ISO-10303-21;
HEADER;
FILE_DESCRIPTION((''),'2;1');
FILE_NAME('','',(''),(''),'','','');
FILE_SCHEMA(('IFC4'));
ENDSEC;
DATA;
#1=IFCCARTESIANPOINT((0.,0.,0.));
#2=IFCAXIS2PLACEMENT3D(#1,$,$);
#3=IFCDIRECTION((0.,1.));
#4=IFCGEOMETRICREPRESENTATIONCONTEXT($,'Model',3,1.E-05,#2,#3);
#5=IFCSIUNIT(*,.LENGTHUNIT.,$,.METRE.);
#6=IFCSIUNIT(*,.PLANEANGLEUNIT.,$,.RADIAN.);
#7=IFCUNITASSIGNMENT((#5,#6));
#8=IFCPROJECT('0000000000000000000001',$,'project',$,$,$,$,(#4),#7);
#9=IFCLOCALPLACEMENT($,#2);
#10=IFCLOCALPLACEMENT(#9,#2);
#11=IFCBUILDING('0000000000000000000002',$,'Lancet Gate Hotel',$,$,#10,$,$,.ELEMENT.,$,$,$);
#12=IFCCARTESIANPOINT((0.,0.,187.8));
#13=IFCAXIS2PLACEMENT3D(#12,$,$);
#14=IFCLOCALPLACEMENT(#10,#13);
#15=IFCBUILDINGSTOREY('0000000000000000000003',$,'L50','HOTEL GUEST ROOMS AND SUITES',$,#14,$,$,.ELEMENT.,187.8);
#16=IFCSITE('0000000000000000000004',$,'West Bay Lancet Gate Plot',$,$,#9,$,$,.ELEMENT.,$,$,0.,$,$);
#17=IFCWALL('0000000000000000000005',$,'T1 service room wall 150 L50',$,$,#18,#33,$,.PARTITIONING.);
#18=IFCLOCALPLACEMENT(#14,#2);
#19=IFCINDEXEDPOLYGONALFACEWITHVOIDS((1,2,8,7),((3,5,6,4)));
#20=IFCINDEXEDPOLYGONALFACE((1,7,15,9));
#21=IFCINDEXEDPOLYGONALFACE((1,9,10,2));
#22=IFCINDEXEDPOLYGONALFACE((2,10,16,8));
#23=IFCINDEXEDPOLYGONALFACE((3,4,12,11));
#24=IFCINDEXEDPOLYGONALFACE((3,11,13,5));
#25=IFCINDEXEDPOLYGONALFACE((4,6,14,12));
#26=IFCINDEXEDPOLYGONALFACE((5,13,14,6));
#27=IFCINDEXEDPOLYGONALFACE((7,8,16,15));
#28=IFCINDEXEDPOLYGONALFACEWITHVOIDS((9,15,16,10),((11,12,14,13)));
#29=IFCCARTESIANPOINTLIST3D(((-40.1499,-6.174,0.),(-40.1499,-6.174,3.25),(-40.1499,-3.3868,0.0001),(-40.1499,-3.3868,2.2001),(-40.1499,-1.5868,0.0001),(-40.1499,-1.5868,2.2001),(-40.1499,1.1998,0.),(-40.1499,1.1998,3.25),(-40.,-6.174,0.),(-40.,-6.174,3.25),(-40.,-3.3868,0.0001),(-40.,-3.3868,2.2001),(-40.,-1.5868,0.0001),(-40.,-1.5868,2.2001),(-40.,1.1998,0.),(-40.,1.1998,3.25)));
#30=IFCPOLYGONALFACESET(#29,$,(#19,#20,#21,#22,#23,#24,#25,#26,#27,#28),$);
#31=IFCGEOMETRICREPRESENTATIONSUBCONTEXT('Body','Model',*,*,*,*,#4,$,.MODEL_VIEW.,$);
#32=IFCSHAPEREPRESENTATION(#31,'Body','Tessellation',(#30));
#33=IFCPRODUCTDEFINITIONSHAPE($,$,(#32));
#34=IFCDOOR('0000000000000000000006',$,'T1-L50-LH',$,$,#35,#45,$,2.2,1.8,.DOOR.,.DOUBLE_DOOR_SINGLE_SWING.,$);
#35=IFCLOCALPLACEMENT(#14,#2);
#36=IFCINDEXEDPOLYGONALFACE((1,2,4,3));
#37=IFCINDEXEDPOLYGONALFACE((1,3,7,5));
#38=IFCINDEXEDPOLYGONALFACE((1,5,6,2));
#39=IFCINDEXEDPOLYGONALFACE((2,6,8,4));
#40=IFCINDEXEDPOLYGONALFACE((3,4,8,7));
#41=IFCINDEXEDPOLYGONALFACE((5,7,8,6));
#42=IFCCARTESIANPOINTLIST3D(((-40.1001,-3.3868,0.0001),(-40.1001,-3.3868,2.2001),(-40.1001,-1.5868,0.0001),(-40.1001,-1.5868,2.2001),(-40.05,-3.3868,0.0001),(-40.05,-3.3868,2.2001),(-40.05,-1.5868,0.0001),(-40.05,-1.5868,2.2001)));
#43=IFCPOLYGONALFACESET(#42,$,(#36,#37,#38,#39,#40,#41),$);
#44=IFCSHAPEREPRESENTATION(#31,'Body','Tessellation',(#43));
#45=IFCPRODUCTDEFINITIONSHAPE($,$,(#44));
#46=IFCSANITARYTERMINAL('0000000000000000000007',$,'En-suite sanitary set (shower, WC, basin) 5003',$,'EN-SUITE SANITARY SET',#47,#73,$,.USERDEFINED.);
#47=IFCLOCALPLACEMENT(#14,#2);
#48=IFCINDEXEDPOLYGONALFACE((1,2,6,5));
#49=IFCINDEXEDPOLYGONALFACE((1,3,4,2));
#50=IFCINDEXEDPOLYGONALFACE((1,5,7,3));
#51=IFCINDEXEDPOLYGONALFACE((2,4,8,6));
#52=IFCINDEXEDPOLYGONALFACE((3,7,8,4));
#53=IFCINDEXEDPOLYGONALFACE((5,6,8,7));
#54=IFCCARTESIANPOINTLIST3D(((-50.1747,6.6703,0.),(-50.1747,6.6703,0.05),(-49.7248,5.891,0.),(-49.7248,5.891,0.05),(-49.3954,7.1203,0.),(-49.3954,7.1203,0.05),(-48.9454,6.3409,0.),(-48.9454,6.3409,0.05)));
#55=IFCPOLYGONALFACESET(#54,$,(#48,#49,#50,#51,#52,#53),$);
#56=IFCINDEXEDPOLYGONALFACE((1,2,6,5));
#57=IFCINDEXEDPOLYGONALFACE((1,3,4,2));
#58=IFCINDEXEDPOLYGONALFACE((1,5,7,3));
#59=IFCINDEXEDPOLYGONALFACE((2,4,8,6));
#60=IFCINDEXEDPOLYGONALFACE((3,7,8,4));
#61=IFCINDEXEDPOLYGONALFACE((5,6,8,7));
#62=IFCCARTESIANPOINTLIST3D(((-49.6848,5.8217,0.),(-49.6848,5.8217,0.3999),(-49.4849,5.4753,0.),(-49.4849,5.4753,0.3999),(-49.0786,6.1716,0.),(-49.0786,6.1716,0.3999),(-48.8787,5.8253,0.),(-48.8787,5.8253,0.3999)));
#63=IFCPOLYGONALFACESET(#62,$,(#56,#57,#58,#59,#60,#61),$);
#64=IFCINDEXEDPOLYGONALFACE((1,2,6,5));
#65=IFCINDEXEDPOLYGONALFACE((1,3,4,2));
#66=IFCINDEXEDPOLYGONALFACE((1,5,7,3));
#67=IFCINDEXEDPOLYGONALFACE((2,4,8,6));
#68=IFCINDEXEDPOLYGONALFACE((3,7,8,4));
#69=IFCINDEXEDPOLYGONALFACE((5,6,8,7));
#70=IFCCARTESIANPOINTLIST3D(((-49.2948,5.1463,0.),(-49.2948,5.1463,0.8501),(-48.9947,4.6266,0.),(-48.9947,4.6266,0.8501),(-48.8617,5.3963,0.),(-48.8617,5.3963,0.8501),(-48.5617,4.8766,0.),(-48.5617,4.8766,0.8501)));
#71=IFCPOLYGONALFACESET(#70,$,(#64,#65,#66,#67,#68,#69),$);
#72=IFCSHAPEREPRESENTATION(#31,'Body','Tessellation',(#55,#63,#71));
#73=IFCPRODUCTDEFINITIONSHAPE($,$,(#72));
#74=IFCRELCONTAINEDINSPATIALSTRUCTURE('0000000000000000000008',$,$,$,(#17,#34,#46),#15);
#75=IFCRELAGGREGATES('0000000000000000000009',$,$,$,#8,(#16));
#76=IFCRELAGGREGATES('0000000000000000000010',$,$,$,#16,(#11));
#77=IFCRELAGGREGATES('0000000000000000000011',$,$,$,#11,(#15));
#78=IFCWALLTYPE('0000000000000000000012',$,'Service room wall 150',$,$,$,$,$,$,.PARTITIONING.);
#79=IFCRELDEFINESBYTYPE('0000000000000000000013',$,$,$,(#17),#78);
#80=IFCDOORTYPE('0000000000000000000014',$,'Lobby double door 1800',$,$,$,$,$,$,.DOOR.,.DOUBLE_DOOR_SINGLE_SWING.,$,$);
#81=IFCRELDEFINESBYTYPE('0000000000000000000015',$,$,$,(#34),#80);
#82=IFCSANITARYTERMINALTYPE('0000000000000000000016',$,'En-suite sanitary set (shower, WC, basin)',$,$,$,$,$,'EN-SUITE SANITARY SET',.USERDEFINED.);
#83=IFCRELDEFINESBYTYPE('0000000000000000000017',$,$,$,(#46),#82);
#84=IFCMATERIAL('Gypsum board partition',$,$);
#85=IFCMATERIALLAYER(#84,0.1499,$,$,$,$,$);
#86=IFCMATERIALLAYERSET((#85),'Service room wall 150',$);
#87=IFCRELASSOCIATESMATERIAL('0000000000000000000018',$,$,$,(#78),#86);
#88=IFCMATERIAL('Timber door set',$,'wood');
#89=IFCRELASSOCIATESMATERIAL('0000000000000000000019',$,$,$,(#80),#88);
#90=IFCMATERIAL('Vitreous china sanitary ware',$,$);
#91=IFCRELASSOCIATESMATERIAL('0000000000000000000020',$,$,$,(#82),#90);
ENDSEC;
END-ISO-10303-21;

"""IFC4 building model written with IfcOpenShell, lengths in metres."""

from ifc_helpers import new_model, si_unit, direction, frame, frame_2d, origin, origin_2d, place, context, subcontext, project, spatial, rectangle, extrude, material, layer, layer_set, type_object, element, fill, save


model = new_model("IFC4")

# Units and contexts
model_context = context("Model", 3, precision=1e-05, world=origin(), true_north=direction((0.0, 1.0)))
body_context = subcontext(model_context, "Body", "Model", "MODEL_VIEW")
ifc_project = project(units=[si_unit("LENGTHUNIT", "METRE"), si_unit("PLANEANGLEUNIT", "RADIAN")], contexts=[model_context])

# Site, building, storey
site_placement = place(None, origin())
site = spatial("IfcSite", under=ifc_project, at=site_placement, Name="West Bay Lancet Gate Plot", CompositionType="ELEMENT", RefElevation=0.0)
building_placement = place(site_placement, origin())
building = spatial("IfcBuilding", under=site, at=building_placement, Name="Lancet Gate Hotel", CompositionType="ELEMENT")
storey_placement = place(building_placement, frame((0.0, 0.0, 187.8)))
storey = spatial("IfcBuildingStorey", under=building, at=storey_placement, Name="L50", Description="HOTEL GUEST ROOMS AND SUITES", CompositionType="ELEMENT", Elevation=187.8)

# Wall, opening, door
ifc_material_1 = material(Name="Gypsum board partition")
ifc_layer_1 = layer(ifc_material_1, 0.1499)
ifc_layer_set_1 = layer_set([ifc_layer_1], Name="Service room wall 150")
wall_type_1 = type_object("IfcWallType", Name="Service room wall 150", PredefinedType="PARTITIONING", material=ifc_layer_set_1)
wall_1_placement = place(storey_placement, frame((-40.075, 1.2, 0.0), z_axis=(0.0, 0.0, 1.0), x_axis=(0.0, -1.0, 0.0)))
wall_1 = element("IfcWall", 1, at=wall_1_placement, inside=storey, type_object=wall_type_1, Name="T1 service room wall 150 L50", PredefinedType="PARTITIONING", context=body_context, shape_type="SweptSolid", body=[
    extrude(rectangle(XDim=7.3738, YDim=0.1499, at=frame_2d((3.687, 0.0))), origin(), (0.0, 0.0, 1.0), 3.25),
])
opening_1_placement = place(wall_1_placement, frame((2.7869, 0.0, 0.0)))
opening_1 = element("IfcOpeningElement", 2, at=opening_1_placement, cuts=wall_1, PredefinedType="OPENING", context=body_context, shape_type="SweptSolid", body=[
    extrude(rectangle(XDim=1.8, YDim=2.2, at=frame_2d((0.8999, 1.1001))), frame((0.0, 0.085, 0.0), z_axis=(0.0, -1.0, 0.0), x_axis=(1.0, 0.0, 0.0)), (0.0, 0.0, 1.0), 0.1699),
])
ifc_material_2 = material(Name="Timber door set", Category="wood")
door_type_1 = type_object("IfcDoorType", Name="Lobby double door 1800", OperationType="DOUBLE_DOOR_SINGLE_SWING", PredefinedType="DOOR", material=ifc_material_2)
door_1_placement = place(opening_1_placement, origin())
door_1 = element("IfcDoor", 3, at=door_1_placement, inside=storey, type_object=door_type_1, Name="T1-L50-LH", OperationType="DOUBLE_DOOR_SINGLE_SWING", OverallHeight=2.2, OverallWidth=1.8, PredefinedType="DOOR", context=body_context, shape_type="SweptSolid", body=[
    extrude(rectangle(XDim=1.8, YDim=2.2, at=frame_2d((0.8999, 1.1001))), frame((0.0, 0.0249, 0.0), z_axis=(0.0, -1.0, 0.0), x_axis=(1.0, 0.0, 0.0)), (0.0, 0.0, 1.0), 0.05),
])
fill(opening_1, door_1)

# Sanitary terminal
ifc_material_3 = material(Name="Vitreous china sanitary ware")
sanitary_terminal_type = type_object("IfcSanitaryTerminalType", Name="En-suite sanitary set (shower, WC, basin)", ElementType="EN-SUITE SANITARY SET", PredefinedType="USERDEFINED", material=ifc_material_3)
sanitary_terminal_placement = place(storey_placement, frame((-49.5601, 6.5056, 0.0), z_axis=(0.0, 0.0, 1.0), x_axis=(1.0, 0.0, 0.0)))
element("IfcSanitaryTerminal", 4, at=sanitary_terminal_placement, inside=storey, type_object=sanitary_terminal_type, Name="En-suite sanitary set (shower, WC, basin) 5003", ObjectType="EN-SUITE SANITARY SET", PredefinedType="USERDEFINED", context=body_context, shape_type="SweptSolid", body=[
    extrude(rectangle(XDim=0.8999, YDim=0.8999, at=origin_2d()), frame((0.0, 0.0, 0.0), z_axis=(0.0, 0.0, 1.0), x_axis=(-0.5, 0.866025, 0.0)), (0.0, 0.0, 1.0), 0.05),
    extrude(rectangle(XDim=0.3999, YDim=0.7, at=origin_2d()), frame((0.2783, -0.6821, 0.0), z_axis=(0.0, 0.0, 1.0), x_axis=(-0.5, 0.866025, 0.0)), (0.0, 0.0, 1.0), 0.3999),
    extrude(rectangle(XDim=0.6001, YDim=0.5, at=origin_2d()), frame((0.6318, -1.4941, 0.0), z_axis=(0.0, 0.0, 1.0), x_axis=(-0.5, 0.866025, 0.0)), (0.0, 0.0, 1.0), 0.8501),
])

save(model, "model.ifc")
